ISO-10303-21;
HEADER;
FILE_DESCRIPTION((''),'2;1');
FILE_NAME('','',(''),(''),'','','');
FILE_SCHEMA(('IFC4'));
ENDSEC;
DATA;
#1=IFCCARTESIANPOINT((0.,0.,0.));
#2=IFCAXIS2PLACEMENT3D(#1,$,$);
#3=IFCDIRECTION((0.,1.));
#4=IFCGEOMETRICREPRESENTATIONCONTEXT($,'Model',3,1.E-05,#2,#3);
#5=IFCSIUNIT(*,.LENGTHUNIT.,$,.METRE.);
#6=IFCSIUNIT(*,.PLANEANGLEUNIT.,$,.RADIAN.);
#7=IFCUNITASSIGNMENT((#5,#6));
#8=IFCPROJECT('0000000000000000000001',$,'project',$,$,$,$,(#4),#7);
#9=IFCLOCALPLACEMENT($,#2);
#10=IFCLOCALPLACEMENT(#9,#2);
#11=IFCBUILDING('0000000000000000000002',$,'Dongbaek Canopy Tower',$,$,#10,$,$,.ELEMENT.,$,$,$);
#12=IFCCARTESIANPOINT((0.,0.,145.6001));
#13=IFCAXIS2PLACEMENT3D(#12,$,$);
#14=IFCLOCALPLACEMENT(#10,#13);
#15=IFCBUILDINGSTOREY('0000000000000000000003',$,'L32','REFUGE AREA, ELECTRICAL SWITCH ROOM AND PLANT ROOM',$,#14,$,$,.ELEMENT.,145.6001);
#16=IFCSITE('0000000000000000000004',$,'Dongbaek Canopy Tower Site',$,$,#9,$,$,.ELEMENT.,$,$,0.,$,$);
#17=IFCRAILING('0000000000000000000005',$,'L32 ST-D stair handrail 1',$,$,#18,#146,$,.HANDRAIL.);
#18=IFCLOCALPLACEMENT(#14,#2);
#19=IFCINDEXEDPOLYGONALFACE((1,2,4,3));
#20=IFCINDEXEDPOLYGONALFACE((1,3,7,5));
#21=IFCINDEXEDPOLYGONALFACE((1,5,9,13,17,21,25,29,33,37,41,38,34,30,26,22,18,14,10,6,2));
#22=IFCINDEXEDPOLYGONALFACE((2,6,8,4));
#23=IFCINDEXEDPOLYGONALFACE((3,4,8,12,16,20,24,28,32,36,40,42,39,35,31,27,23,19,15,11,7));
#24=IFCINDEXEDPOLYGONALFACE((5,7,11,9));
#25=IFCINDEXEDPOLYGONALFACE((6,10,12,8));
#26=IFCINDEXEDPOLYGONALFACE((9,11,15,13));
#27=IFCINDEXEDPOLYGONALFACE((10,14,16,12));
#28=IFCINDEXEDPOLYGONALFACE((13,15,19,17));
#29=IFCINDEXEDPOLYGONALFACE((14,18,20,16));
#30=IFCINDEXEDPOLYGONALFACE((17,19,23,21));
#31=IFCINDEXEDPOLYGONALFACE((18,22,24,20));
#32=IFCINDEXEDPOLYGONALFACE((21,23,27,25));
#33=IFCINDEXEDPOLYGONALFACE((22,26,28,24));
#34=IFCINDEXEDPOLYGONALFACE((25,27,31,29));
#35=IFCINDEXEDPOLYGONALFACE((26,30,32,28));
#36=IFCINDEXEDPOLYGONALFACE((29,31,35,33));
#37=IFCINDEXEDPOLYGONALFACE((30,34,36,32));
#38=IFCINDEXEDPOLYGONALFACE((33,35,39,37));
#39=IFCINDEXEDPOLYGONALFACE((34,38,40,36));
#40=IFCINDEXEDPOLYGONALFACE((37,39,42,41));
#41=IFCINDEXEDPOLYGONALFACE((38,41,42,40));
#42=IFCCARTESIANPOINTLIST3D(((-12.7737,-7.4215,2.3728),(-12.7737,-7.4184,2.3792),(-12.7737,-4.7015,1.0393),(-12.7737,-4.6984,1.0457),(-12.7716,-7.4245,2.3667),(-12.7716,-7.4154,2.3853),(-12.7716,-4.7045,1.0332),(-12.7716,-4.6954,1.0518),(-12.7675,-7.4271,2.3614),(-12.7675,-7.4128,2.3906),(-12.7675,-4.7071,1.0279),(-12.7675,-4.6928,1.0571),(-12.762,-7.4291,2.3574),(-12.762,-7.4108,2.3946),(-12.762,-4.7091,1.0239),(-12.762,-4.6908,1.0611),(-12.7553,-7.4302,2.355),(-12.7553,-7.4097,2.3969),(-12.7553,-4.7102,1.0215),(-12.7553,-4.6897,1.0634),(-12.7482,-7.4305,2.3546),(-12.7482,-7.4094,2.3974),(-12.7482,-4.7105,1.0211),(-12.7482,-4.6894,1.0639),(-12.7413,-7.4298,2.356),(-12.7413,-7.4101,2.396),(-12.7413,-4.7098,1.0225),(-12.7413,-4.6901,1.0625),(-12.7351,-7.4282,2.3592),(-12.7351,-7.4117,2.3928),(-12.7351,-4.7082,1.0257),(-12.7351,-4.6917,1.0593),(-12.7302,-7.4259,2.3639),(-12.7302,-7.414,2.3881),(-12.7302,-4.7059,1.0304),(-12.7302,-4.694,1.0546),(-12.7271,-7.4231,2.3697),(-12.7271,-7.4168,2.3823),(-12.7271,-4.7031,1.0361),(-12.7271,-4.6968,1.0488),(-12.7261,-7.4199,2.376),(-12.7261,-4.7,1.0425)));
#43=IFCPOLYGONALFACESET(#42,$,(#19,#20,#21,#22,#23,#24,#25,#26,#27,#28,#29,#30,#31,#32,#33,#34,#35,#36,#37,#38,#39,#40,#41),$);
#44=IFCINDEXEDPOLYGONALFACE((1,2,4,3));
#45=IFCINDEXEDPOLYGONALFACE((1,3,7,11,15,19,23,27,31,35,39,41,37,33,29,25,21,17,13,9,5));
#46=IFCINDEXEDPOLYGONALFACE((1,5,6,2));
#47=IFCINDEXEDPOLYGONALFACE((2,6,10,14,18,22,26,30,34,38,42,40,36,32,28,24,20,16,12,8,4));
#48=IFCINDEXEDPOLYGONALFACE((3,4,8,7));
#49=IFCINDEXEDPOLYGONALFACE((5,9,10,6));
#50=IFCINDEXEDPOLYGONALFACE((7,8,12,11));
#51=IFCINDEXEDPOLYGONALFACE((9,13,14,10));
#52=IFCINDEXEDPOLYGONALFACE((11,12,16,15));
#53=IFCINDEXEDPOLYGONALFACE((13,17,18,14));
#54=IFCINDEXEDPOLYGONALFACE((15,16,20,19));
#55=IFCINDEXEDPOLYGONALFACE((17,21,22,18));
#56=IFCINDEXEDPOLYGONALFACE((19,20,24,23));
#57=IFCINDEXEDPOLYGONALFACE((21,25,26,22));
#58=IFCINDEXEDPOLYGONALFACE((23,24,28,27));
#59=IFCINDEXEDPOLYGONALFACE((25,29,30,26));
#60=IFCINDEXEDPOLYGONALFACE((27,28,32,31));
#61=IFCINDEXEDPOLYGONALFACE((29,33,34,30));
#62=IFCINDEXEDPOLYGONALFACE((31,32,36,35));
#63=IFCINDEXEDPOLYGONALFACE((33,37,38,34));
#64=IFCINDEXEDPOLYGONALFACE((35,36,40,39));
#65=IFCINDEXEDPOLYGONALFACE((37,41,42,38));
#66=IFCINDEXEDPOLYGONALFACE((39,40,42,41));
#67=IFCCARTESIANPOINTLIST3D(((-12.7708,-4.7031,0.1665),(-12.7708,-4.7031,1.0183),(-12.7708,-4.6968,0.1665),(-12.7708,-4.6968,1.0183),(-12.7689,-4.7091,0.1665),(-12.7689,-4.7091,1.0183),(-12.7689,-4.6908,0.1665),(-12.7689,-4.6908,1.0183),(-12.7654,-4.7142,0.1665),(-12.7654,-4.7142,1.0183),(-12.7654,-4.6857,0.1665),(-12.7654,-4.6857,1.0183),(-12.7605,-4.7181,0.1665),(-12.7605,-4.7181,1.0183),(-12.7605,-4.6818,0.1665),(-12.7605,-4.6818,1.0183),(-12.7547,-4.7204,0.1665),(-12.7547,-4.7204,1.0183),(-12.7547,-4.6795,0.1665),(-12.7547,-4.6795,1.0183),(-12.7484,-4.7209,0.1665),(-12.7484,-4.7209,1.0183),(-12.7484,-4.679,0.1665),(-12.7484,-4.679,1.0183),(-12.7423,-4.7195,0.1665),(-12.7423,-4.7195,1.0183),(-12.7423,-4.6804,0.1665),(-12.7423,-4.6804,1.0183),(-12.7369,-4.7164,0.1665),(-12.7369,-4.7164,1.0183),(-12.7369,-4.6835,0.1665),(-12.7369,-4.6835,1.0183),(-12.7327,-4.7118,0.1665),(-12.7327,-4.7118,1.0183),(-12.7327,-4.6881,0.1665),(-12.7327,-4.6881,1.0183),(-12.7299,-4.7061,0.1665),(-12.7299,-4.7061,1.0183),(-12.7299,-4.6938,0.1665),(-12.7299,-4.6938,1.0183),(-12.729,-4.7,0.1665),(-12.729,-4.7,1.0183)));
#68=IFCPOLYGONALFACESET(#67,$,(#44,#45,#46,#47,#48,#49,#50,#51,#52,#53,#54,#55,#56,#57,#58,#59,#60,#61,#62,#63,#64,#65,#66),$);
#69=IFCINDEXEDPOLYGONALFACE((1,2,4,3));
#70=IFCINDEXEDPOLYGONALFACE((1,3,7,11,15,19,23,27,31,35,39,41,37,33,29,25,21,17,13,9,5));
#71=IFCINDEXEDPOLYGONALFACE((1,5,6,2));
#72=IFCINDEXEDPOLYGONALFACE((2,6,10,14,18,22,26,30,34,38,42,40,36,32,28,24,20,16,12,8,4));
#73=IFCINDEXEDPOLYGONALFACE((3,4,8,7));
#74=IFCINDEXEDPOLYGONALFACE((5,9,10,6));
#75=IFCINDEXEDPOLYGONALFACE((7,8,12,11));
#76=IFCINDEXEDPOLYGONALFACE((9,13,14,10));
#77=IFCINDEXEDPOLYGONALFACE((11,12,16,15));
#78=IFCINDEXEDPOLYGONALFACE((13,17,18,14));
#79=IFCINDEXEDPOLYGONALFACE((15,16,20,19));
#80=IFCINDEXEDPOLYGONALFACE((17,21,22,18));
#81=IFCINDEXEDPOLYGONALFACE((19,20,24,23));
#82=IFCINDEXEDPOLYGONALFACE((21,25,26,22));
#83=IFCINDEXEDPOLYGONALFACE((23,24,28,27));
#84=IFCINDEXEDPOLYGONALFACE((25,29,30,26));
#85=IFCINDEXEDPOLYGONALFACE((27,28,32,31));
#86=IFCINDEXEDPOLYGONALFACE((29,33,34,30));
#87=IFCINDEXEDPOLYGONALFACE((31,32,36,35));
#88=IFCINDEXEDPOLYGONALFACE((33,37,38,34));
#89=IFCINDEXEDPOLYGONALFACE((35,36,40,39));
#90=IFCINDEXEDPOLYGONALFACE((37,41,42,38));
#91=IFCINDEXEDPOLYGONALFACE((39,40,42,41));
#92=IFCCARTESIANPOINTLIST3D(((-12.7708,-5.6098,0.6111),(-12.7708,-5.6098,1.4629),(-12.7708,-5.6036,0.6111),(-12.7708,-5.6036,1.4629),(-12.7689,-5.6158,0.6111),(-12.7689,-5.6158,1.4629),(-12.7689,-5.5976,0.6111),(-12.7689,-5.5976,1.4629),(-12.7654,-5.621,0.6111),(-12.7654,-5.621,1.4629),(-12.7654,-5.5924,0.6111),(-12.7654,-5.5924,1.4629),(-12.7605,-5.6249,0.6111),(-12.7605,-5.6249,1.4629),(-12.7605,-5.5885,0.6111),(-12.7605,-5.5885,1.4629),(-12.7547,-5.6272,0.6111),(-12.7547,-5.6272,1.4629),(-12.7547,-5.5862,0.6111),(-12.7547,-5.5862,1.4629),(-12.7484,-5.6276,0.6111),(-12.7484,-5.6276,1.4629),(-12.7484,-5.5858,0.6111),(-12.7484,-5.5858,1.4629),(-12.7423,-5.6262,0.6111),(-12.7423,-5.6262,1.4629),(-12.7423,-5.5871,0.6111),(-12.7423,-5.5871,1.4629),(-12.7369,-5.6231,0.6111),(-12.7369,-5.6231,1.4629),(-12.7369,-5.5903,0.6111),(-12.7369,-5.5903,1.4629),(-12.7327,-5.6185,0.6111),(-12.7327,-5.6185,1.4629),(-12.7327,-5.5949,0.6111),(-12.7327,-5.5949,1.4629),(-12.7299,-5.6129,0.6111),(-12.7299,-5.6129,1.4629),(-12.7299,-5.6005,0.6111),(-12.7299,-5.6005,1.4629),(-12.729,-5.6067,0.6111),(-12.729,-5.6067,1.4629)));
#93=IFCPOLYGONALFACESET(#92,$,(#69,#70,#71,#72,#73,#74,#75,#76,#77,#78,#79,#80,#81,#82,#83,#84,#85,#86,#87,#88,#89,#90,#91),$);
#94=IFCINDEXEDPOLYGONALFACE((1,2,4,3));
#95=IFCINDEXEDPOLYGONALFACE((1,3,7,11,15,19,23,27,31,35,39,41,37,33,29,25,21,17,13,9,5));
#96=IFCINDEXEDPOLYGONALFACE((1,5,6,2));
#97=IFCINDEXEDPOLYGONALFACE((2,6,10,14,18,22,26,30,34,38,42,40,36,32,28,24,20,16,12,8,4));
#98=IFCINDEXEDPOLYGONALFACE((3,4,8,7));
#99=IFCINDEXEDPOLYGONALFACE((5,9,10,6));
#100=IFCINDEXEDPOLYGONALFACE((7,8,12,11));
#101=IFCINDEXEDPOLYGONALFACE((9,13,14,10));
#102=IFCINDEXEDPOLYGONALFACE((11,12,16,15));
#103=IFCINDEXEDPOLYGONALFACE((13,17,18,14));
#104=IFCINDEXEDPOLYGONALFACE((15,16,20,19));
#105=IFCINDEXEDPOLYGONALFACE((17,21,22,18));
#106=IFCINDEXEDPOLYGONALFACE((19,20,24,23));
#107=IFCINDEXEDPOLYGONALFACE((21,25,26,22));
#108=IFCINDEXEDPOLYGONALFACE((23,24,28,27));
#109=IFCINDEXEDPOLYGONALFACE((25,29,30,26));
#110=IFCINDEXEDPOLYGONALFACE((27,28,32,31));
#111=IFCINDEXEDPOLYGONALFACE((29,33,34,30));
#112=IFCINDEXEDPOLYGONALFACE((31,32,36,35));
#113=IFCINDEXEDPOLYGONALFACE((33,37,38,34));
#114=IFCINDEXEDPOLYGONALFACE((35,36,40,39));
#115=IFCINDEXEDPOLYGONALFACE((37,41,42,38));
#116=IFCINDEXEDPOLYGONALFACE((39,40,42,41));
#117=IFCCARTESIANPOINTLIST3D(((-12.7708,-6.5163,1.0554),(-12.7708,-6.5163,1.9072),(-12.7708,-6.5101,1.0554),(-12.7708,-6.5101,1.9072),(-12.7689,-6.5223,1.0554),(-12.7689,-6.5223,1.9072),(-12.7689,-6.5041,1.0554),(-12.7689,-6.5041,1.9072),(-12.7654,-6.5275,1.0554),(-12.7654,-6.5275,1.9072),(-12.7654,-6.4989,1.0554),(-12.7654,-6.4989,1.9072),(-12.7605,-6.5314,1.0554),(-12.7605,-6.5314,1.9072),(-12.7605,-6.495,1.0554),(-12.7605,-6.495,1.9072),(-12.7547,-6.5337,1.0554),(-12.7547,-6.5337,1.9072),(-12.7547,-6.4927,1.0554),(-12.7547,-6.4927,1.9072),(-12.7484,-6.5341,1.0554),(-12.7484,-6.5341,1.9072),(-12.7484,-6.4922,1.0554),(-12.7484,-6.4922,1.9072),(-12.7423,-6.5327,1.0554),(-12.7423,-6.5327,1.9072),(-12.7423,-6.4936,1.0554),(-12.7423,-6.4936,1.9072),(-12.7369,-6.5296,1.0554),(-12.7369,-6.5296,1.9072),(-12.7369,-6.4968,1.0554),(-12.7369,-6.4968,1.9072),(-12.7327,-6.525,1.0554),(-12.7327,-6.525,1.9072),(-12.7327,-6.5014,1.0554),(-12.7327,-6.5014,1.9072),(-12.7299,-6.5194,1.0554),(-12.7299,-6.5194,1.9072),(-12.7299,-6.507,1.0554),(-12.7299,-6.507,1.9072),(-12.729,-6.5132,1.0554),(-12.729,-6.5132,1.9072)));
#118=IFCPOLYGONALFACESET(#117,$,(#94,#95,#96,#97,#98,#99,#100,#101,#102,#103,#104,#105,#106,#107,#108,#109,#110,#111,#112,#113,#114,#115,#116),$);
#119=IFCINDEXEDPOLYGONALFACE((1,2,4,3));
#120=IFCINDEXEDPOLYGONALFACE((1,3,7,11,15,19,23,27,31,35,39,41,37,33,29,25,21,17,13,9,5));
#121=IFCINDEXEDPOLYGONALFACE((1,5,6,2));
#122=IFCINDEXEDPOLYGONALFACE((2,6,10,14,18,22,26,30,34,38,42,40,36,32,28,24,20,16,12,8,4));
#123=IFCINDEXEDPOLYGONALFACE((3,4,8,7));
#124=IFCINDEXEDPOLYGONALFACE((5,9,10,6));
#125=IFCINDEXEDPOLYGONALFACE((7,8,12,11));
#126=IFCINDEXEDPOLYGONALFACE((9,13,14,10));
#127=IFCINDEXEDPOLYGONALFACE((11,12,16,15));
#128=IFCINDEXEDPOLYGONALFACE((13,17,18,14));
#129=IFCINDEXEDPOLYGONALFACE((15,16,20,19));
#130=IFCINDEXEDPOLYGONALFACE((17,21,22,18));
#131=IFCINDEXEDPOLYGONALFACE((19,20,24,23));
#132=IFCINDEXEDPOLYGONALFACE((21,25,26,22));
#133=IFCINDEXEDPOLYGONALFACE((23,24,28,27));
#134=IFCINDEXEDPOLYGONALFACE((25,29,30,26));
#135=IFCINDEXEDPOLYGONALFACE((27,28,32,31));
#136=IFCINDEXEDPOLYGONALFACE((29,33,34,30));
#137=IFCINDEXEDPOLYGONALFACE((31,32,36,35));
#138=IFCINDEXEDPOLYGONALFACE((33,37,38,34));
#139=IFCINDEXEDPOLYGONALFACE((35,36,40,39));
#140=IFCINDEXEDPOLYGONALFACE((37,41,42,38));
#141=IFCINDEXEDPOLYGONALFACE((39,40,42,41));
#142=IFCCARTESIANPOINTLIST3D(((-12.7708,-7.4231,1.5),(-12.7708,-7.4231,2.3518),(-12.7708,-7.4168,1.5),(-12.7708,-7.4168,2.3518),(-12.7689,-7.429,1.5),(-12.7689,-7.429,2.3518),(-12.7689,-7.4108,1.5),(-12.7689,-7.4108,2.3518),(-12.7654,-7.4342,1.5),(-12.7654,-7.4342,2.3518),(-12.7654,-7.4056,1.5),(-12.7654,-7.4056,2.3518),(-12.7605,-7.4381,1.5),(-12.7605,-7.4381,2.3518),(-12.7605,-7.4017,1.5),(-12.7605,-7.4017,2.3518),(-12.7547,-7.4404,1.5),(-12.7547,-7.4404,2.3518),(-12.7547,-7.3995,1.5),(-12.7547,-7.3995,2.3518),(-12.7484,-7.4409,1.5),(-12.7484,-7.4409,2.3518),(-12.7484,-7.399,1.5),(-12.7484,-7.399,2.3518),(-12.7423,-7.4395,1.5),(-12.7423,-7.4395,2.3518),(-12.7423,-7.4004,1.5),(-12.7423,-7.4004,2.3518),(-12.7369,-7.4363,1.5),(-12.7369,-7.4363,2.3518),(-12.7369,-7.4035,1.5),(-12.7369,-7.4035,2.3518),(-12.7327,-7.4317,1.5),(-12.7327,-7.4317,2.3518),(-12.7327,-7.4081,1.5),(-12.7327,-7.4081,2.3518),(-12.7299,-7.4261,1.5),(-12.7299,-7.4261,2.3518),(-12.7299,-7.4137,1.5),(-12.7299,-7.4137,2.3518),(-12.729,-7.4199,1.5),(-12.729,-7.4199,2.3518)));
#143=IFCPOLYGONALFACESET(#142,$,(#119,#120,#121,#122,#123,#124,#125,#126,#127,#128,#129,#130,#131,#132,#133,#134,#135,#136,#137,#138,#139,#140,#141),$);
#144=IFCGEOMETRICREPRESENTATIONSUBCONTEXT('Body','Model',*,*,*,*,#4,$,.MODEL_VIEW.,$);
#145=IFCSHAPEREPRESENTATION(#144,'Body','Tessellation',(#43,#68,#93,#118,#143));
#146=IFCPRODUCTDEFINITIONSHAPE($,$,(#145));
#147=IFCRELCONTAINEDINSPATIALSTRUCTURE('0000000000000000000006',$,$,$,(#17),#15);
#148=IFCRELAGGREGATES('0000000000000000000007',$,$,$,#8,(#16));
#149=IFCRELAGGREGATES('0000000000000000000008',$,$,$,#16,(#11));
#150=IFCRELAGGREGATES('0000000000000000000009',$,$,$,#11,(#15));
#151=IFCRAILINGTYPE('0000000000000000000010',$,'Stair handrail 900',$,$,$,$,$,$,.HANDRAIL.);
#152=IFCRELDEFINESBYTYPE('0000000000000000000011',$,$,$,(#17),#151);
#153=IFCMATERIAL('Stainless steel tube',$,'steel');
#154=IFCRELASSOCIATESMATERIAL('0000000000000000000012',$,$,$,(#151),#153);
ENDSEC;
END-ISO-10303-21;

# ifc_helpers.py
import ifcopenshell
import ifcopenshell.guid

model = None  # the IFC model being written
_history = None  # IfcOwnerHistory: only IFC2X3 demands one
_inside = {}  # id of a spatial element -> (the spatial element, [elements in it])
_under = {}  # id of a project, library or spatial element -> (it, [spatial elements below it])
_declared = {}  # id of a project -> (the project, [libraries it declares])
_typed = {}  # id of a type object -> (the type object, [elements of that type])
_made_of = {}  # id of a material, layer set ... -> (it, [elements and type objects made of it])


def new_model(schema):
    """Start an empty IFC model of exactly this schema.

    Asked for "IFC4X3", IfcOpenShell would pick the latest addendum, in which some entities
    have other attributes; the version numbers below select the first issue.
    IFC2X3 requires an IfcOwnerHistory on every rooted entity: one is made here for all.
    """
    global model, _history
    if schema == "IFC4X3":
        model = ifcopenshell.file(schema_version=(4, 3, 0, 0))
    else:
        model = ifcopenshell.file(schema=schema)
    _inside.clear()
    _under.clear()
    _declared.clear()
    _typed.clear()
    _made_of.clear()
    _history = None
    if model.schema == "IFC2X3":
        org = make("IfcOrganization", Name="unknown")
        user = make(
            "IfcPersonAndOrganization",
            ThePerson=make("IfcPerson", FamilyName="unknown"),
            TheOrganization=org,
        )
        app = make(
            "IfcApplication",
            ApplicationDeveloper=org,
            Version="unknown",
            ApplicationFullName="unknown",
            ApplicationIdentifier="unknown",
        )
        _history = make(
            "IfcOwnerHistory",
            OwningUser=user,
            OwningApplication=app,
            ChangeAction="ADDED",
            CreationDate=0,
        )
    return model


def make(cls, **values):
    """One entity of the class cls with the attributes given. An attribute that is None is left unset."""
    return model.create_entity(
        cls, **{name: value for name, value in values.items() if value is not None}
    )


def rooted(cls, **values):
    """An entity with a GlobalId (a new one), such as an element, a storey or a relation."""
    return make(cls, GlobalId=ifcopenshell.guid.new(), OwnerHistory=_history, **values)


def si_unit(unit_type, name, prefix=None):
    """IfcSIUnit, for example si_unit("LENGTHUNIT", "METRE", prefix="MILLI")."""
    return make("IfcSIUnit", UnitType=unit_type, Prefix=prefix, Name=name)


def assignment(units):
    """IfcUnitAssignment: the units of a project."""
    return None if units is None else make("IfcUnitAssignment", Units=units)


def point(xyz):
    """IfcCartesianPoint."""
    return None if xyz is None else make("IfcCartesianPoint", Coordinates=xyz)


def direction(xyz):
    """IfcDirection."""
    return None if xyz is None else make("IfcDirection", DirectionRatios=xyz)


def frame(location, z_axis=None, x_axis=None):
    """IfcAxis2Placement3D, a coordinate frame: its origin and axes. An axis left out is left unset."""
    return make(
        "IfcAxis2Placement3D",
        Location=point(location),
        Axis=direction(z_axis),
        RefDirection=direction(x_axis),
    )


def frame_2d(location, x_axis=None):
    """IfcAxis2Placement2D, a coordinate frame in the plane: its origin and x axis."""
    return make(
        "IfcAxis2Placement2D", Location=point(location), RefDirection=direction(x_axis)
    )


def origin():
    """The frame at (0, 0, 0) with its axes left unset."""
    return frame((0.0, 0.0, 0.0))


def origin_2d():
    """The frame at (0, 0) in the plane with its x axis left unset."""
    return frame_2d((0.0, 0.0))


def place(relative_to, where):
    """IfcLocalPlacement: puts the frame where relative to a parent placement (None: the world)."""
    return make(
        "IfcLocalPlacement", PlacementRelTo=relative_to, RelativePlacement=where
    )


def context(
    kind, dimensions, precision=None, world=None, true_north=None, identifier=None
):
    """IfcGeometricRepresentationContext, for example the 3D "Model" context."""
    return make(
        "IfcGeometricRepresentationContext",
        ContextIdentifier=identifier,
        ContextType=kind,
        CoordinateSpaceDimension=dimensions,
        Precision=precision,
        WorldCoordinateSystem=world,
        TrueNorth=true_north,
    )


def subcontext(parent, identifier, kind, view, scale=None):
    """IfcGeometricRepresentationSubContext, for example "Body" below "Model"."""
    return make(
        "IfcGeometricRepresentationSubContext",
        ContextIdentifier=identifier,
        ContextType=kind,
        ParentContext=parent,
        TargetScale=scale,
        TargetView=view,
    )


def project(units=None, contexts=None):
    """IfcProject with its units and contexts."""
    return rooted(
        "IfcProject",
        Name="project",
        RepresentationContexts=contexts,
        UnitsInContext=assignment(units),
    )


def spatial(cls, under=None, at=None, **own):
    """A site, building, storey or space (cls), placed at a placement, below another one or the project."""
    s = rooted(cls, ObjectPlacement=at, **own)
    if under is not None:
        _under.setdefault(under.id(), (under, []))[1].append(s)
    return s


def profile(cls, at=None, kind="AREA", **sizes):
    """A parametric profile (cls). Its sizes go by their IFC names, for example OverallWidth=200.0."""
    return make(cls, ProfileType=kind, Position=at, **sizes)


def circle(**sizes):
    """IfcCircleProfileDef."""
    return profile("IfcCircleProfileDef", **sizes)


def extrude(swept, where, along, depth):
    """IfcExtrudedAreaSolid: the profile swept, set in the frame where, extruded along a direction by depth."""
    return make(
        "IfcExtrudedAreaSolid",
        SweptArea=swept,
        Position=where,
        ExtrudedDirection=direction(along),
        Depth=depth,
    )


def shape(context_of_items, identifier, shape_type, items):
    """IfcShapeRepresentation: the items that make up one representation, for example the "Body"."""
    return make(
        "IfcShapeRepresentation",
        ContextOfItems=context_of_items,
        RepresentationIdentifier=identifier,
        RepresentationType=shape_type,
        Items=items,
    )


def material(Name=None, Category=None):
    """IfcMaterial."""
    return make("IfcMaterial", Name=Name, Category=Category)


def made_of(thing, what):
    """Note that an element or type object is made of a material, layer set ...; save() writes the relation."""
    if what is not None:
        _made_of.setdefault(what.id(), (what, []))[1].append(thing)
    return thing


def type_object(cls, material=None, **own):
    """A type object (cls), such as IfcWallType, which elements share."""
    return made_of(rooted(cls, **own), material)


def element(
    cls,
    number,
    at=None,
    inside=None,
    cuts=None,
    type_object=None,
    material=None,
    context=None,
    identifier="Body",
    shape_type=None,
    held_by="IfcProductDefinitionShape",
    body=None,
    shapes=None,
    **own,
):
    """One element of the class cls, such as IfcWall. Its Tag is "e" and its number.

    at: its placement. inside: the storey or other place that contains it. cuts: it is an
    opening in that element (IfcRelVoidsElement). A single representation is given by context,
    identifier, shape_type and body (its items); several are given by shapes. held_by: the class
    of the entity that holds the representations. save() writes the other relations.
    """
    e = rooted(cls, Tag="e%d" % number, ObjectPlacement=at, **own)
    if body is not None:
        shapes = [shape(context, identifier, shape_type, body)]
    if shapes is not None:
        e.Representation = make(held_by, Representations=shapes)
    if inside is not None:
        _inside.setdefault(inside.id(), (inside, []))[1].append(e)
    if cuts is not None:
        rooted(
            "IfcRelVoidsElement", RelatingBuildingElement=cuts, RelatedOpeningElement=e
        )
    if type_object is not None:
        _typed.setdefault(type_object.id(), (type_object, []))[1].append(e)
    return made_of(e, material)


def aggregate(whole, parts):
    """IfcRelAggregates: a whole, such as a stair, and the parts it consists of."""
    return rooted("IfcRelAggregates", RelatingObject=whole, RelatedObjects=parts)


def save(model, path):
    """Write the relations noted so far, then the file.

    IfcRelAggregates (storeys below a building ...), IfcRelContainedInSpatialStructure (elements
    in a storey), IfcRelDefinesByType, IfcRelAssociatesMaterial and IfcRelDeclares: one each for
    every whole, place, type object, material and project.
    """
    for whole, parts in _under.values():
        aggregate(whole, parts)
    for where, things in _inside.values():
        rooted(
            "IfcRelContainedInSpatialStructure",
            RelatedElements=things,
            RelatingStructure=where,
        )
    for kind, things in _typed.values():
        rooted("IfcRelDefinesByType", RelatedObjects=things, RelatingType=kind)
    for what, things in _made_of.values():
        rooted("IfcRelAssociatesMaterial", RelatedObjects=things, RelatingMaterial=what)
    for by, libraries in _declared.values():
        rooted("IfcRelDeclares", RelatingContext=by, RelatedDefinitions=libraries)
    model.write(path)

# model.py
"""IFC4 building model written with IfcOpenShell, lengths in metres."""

from ifc_helpers import new_model, si_unit, direction, frame, origin, origin_2d, place, context, subcontext, project, spatial, circle, extrude, material, type_object, element, save


model = new_model("IFC4")

# Units and contexts
model_context = context("Model", 3, precision=1e-05, world=origin(), true_north=direction((0.0, 1.0)))
body_context = subcontext(model_context, "Body", "Model", "MODEL_VIEW")
ifc_project = project(units=[si_unit("LENGTHUNIT", "METRE"), si_unit("PLANEANGLEUNIT", "RADIAN")], contexts=[model_context])

# Site, building, storey
site_placement = place(None, origin())
site = spatial("IfcSite", under=ifc_project, at=site_placement, Name="Dongbaek Canopy Tower Site", CompositionType="ELEMENT", RefElevation=0.0)
building_placement = place(site_placement, origin())
building = spatial("IfcBuilding", under=site, at=building_placement, Name="Dongbaek Canopy Tower", CompositionType="ELEMENT")
storey_placement = place(building_placement, frame((0.0, 0.0, 145.6001)))
storey = spatial("IfcBuildingStorey", under=building, at=storey_placement, Name="L32", Description="REFUGE AREA, ELECTRICAL SWITCH ROOM AND PLANT ROOM", CompositionType="ELEMENT", Elevation=145.6001)

# Railing
ifc_material_1 = material(Name="Stainless steel tube", Category="steel")
railing_type_1 = type_object("IfcRailingType", Name="Stair handrail 900", PredefinedType="HANDRAIL", material=ifc_material_1)
railing_1_placement = place(storey_placement, frame((-12.75, -4.7, 0.1665)))
element("IfcRailing", 1, at=railing_1_placement, inside=storey, type_object=railing_type_1, Name="L32 ST-D stair handrail 1", PredefinedType="HANDRAIL", context=body_context, shape_type="SweptSolid", body=[
    extrude(circle(Radius=0.0239, at=origin_2d()), frame((0.0, 0.0, 0.876), z_axis=(0.0, -0.897898, 0.440204), x_axis=(1.0, 0.0, 0.0)), (0.0, 0.0, 1.0), 3.0293),
    extrude(circle(Radius=0.021, at=origin_2d()), origin(), (0.0, 0.0, 1.0), 0.8518),
    extrude(circle(Radius=0.021, at=origin_2d()), frame((0.0, -0.9067, 0.4446)), (0.0, 0.0, 1.0), 0.8518),
    extrude(circle(Radius=0.021, at=origin_2d()), frame((0.0, -1.8132, 0.8889)), (0.0, 0.0, 1.0), 0.8518),
    extrude(circle(Radius=0.021, at=origin_2d()), frame((0.0, -2.72, 1.3335)), (0.0, 0.0, 1.0), 0.8518),
])

save(model, "model.ifc")
